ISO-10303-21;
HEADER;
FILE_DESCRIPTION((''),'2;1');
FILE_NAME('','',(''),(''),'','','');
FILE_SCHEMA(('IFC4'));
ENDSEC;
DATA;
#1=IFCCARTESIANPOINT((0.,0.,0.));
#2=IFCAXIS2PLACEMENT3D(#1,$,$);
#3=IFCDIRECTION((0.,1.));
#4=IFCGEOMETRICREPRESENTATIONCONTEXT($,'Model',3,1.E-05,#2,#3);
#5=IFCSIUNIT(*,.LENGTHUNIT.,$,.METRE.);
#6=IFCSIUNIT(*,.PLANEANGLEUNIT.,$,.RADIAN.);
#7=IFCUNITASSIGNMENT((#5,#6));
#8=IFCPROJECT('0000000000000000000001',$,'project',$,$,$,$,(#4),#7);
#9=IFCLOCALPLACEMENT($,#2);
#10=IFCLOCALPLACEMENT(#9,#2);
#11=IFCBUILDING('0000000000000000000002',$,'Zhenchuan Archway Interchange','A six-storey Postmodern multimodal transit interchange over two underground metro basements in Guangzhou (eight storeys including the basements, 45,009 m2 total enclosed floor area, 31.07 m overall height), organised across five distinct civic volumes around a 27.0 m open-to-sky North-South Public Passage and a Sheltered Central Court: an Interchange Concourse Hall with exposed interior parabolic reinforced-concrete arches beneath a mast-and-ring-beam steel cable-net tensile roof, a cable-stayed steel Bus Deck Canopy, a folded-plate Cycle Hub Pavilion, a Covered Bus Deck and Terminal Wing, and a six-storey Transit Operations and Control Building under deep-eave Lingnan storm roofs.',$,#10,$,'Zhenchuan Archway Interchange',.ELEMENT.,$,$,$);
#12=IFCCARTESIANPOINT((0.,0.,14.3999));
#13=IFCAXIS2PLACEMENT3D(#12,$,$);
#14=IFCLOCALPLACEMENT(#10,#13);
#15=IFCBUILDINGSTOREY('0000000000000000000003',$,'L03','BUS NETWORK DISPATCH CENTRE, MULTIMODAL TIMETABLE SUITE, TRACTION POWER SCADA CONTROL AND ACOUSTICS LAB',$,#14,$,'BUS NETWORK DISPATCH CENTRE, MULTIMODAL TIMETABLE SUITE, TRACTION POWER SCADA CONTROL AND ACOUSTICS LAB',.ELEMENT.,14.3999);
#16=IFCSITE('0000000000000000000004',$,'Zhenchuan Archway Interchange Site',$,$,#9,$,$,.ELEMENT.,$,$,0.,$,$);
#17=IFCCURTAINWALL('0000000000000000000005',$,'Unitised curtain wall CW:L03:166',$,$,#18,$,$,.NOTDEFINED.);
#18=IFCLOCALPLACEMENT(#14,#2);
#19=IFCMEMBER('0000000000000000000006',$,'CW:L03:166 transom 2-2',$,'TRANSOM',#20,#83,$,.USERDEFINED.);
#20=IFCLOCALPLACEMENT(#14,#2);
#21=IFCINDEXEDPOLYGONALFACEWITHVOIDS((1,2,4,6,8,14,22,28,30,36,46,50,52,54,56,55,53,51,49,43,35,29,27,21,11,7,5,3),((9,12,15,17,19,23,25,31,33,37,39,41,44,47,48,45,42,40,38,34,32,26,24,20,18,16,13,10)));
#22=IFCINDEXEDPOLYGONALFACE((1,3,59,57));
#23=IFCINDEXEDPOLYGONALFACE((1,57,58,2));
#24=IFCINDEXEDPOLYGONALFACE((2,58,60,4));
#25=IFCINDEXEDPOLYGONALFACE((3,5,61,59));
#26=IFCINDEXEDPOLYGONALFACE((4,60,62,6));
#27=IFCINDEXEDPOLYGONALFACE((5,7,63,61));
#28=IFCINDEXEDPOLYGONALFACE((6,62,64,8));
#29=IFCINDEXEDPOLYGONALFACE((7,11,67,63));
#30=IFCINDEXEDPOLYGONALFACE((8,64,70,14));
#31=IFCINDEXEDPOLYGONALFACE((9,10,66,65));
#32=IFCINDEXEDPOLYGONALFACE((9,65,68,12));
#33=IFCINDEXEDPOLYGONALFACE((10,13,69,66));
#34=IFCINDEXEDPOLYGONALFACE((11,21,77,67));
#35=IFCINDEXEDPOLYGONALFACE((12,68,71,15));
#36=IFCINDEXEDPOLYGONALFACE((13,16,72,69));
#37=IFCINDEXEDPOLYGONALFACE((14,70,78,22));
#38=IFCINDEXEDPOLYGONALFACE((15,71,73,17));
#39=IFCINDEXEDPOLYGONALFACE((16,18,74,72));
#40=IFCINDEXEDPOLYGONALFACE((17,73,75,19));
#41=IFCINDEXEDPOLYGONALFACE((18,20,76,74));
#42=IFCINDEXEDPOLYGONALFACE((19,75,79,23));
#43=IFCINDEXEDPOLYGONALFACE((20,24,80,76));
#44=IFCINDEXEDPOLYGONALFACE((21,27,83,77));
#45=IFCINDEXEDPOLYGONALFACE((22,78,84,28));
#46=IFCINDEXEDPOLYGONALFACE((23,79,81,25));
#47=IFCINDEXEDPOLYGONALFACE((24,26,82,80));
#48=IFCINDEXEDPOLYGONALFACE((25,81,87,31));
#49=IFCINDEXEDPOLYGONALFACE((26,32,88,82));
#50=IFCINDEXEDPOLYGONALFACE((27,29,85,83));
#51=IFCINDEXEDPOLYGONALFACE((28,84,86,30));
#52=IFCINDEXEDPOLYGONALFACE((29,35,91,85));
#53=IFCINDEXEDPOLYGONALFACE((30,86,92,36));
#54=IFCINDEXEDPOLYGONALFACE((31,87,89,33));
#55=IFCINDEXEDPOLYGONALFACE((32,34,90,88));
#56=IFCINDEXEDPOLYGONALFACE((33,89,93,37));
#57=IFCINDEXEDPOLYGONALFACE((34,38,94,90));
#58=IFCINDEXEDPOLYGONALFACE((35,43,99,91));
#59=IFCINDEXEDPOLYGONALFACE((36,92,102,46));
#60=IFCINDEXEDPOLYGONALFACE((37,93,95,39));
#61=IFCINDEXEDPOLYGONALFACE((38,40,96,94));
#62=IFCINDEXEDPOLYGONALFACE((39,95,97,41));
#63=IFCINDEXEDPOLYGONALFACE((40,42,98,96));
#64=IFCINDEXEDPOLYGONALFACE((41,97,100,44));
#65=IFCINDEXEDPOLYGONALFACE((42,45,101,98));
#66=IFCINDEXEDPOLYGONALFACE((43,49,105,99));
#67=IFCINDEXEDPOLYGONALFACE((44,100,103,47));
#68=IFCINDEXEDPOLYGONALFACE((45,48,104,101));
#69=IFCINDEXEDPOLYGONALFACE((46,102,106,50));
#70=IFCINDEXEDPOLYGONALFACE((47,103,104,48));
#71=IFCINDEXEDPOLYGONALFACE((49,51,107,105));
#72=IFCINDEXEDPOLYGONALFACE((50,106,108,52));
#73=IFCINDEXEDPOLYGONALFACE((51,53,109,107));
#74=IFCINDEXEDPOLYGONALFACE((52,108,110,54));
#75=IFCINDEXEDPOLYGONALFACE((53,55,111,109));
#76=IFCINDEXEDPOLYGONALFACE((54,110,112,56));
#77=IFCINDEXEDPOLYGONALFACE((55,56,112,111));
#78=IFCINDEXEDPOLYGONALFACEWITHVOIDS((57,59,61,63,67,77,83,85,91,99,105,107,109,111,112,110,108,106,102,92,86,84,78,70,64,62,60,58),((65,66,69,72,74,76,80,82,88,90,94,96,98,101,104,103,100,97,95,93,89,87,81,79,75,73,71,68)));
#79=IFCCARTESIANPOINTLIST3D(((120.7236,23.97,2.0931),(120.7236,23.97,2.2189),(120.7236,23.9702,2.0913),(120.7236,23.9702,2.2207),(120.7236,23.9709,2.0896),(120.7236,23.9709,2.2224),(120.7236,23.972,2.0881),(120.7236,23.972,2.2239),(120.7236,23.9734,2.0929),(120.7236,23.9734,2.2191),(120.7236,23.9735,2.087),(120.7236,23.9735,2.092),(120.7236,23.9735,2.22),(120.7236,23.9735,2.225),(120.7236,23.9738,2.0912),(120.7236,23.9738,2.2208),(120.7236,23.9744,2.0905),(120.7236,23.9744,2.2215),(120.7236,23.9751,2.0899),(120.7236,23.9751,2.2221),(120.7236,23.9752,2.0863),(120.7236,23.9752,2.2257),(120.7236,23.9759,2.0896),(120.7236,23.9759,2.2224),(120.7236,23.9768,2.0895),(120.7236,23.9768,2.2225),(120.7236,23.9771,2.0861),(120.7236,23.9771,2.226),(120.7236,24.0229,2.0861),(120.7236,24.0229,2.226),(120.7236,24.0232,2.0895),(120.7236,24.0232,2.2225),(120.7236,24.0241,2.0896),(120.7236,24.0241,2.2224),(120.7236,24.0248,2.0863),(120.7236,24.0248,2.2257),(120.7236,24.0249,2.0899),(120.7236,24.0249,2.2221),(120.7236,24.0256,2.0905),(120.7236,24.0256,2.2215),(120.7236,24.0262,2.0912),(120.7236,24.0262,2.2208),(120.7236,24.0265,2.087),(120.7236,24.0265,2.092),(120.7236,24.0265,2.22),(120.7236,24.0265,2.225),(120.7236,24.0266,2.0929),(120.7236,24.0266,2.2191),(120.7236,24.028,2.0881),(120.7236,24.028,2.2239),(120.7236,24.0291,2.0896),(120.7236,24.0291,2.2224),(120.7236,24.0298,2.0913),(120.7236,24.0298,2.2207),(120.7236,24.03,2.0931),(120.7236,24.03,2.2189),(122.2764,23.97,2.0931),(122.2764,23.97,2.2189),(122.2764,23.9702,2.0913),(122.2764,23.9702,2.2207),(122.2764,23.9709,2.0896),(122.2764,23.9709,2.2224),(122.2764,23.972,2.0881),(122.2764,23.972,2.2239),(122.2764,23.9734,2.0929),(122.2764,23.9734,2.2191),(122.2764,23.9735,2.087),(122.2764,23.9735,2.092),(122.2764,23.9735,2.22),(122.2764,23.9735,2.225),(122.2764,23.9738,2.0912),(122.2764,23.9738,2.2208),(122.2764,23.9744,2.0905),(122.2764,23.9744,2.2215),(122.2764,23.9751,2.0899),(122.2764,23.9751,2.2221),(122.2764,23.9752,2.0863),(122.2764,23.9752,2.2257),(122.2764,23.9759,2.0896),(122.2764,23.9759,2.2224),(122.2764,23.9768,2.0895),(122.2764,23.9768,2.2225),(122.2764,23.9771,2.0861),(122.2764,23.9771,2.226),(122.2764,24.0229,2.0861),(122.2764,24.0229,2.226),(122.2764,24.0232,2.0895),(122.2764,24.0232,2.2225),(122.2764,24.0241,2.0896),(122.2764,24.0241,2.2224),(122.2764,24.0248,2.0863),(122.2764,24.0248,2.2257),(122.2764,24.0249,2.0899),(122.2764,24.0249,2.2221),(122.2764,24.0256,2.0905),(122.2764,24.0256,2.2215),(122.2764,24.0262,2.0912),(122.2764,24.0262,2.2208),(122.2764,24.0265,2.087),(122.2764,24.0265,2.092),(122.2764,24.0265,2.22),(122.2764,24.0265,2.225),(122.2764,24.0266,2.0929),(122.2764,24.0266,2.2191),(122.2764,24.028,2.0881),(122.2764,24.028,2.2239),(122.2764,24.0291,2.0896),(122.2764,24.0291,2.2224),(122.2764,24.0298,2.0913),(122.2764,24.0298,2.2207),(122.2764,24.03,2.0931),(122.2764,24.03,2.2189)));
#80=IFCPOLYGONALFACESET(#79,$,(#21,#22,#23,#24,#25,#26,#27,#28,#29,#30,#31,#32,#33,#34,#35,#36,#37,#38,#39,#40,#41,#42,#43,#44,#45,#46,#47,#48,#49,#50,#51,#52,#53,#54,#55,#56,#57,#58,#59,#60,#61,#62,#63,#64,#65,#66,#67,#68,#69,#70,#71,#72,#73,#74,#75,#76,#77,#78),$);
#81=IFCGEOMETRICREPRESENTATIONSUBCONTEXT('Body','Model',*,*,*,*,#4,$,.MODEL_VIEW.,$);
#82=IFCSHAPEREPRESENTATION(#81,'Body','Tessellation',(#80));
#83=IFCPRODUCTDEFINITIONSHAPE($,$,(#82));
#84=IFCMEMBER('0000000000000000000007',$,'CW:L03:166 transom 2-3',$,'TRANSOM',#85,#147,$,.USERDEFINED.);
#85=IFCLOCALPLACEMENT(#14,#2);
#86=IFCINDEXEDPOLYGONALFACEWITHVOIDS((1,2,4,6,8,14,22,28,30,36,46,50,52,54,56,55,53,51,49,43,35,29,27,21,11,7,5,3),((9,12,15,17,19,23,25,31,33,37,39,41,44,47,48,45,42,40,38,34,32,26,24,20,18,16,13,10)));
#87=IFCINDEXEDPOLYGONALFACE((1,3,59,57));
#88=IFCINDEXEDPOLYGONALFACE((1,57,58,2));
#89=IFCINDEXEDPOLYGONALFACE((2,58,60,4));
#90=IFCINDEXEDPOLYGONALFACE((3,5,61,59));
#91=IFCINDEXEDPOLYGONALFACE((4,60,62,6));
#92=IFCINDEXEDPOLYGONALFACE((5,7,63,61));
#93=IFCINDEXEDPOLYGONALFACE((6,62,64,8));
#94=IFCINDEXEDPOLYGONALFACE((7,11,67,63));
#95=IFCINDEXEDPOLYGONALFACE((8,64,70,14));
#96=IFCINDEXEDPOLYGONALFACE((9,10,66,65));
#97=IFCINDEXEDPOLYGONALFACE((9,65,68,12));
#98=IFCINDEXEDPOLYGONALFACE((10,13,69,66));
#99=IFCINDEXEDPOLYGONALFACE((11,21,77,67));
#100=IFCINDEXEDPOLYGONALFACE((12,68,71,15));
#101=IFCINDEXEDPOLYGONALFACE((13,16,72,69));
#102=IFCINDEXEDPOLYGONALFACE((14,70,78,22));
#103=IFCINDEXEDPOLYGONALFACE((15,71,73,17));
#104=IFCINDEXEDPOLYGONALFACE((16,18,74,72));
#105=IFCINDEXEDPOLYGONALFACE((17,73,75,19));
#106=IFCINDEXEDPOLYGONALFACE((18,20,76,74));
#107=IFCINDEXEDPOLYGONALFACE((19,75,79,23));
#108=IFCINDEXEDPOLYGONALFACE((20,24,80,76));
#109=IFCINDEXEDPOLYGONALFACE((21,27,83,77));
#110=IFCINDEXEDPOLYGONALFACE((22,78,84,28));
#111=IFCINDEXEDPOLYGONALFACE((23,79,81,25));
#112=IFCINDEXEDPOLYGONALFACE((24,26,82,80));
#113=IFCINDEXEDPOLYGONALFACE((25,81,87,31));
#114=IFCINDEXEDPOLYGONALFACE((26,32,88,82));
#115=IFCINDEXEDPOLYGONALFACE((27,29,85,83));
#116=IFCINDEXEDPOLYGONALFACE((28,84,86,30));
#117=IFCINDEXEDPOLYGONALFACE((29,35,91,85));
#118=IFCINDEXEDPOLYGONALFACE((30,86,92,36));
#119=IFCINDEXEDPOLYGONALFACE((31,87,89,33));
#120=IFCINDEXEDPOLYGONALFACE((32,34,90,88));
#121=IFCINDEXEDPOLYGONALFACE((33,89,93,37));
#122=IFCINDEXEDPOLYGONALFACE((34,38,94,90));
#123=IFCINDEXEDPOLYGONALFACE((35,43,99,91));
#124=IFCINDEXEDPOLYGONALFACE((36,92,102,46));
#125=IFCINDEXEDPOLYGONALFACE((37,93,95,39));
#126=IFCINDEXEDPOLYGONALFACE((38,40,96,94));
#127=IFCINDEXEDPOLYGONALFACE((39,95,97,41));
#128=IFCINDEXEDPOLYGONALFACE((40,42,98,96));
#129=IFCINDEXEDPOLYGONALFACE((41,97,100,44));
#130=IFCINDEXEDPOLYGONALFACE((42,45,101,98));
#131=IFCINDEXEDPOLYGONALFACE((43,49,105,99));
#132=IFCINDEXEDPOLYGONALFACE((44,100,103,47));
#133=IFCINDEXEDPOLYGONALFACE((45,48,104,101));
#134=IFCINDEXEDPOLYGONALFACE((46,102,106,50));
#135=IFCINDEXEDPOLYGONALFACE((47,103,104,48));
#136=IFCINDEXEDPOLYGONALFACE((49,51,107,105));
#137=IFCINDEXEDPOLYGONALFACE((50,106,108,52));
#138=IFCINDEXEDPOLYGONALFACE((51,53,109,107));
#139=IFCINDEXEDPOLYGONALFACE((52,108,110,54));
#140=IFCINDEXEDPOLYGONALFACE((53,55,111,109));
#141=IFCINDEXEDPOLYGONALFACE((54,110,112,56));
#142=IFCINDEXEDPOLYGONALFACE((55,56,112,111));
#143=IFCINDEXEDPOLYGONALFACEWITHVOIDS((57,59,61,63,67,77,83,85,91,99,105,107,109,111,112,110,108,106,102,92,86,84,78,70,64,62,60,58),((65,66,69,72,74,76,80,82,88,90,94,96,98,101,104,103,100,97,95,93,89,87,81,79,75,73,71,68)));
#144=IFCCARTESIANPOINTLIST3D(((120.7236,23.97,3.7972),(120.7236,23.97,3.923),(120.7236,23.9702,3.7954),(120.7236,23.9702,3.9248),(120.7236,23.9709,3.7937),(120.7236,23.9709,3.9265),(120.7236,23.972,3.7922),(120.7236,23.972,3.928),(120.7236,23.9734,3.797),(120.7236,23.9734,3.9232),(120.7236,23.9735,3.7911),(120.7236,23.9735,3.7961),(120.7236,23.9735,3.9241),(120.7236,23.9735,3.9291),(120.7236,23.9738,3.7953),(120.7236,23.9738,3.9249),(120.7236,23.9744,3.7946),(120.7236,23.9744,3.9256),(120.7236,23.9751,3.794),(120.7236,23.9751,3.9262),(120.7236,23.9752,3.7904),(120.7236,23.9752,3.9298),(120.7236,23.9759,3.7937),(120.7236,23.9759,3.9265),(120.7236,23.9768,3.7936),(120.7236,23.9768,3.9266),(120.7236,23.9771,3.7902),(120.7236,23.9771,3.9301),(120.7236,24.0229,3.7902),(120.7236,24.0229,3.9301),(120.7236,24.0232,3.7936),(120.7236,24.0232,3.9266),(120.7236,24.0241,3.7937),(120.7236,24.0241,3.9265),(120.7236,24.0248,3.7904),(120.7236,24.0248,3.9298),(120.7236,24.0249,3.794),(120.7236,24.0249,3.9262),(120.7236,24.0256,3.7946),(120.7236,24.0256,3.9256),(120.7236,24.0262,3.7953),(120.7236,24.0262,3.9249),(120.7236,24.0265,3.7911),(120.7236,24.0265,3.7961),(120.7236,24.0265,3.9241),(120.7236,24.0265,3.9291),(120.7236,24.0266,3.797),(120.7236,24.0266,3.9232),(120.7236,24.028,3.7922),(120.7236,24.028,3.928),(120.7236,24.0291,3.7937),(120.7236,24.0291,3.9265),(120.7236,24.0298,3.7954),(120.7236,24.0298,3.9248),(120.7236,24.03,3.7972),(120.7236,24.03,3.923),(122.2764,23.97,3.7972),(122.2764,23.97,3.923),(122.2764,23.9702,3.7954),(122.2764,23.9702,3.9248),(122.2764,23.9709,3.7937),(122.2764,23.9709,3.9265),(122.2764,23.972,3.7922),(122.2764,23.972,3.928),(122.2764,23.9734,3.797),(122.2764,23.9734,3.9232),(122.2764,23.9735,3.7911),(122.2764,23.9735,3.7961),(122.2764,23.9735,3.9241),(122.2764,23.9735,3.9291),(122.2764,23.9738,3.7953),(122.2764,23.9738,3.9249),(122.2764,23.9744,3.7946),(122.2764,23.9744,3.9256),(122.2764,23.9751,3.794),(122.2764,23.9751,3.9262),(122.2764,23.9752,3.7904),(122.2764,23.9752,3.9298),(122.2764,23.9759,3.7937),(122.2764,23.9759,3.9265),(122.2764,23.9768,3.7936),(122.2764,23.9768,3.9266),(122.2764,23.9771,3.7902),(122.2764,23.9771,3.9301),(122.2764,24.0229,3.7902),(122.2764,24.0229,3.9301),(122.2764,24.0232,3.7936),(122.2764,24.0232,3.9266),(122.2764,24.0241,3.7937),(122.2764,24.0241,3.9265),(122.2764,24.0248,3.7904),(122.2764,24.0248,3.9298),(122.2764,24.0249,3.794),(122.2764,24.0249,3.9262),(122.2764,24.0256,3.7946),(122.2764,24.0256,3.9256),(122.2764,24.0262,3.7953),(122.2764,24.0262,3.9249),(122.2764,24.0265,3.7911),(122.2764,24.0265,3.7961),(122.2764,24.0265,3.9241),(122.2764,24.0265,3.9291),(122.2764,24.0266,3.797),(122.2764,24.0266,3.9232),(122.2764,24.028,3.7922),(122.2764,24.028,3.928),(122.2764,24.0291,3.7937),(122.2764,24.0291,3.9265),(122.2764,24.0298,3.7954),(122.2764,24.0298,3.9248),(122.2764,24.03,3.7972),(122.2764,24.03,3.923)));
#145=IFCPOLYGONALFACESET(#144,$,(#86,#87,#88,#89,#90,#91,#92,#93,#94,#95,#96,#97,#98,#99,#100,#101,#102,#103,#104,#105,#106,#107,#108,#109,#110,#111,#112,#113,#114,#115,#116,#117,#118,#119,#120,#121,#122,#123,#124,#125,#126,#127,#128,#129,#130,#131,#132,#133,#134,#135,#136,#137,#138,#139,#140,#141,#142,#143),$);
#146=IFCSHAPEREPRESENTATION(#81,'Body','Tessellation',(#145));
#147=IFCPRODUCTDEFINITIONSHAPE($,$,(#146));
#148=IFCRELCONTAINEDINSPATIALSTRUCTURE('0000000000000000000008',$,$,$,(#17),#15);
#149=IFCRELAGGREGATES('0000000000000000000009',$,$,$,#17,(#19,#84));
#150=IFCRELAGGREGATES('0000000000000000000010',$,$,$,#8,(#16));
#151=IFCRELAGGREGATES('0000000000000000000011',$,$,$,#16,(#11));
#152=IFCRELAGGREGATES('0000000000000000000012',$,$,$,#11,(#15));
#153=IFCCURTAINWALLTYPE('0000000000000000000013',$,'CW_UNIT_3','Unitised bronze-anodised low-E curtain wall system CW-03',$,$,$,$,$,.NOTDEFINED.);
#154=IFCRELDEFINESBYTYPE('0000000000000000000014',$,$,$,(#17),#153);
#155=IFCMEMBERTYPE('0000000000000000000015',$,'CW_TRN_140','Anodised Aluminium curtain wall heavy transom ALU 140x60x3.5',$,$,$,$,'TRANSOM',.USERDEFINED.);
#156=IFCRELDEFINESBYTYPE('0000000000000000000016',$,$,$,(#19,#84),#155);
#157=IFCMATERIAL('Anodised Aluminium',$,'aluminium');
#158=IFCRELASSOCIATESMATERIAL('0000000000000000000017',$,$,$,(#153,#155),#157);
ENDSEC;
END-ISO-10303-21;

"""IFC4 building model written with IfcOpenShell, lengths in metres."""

from ifc_helpers import new_model, si_unit, direction, frame, origin, origin_2d, place, context, subcontext, project, spatial, hollow_rectangle, extrude, material, material_profile, profile_set, type_object, element, aggregate, save


model = new_model("IFC4")

# Units and contexts
model_context = context("Model", 3, precision=1e-05, world=origin(), true_north=direction((0.0, 1.0)))
body_context = subcontext(model_context, "Body", "Model", "MODEL_VIEW")
ifc_project = project(units=[si_unit("LENGTHUNIT", "METRE"), si_unit("PLANEANGLEUNIT", "RADIAN")], contexts=[model_context])

# Site, building, storey
site_placement = place(None, origin())
site = spatial("IfcSite", under=ifc_project, at=site_placement, Name="Zhenchuan Archway Interchange Site", CompositionType="ELEMENT", RefElevation=0.0)
building_placement = place(site_placement, origin())
building = spatial("IfcBuilding", under=site, at=building_placement, Name="Zhenchuan Archway Interchange", Description="A six-storey Postmodern multimodal transit interchange over two underground metro basements in Guangzhou (eight storeys including the basements, 45,009 m2 total enclosed floor area, 31.07 m overall height), organised across five distinct civic volumes around a 27.0 m open-to-sky North-South Public Passage and a Sheltered Central Court: an Interchange Concourse Hall with exposed interior parabolic reinforced-concrete arches beneath a mast-and-ring-beam steel cable-net tensile roof, a cable-stayed steel Bus Deck Canopy, a folded-plate Cycle Hub Pavilion, a Covered Bus Deck and Terminal Wing, and a six-storey Transit Operations and Control Building under deep-eave Lingnan storm roofs.", LongName="Zhenchuan Archway Interchange", CompositionType="ELEMENT")
storey_placement = place(building_placement, frame((0.0, 0.0, 14.3999)))
storey = spatial("IfcBuildingStorey", under=building, at=storey_placement, Name="L03", Description="BUS NETWORK DISPATCH CENTRE, MULTIMODAL TIMETABLE SUITE, TRACTION POWER SCADA CONTROL AND ACOUSTICS LAB", LongName="BUS NETWORK DISPATCH CENTRE, MULTIMODAL TIMETABLE SUITE, TRACTION POWER SCADA CONTROL AND ACOUSTICS LAB", CompositionType="ELEMENT", Elevation=14.3999)

# Curtain wall
ifc_material_1 = material(Name="Anodised Aluminium", Category="aluminium")
curtain_wall_type_1 = type_object("IfcCurtainWallType", Name="CW_UNIT_3", Description="Unitised bronze-anodised low-E curtain wall system CW-03", PredefinedType="NOTDEFINED", material=ifc_material_1)
curtain_wall_1_placement = place(storey_placement, origin())
curtain_wall_1 = element("IfcCurtainWall", 1, at=curtain_wall_1_placement, inside=storey, type_object=curtain_wall_type_1, Name="Unitised curtain wall CW:L03:166", PredefinedType="NOTDEFINED")

# Members
ifc_material_profile_1 = material_profile(ifc_material_1, hollow_rectangle(XDim=0.0601, YDim=0.1399, WallThickness=0.0034, InnerFilletRadius=0.0034, OuterFilletRadius=0.0071, at=origin_2d()), Name="ALU 140x60x3.5")
ifc_profile_set_1 = profile_set([ifc_material_profile_1], Name="Anodised Aluminium")
member_type_1 = type_object("IfcMemberType", Name="CW_TRN_140", Description="Anodised Aluminium curtain wall heavy transom ALU 140x60x3.5", ElementType="TRANSOM", PredefinedType="USERDEFINED", material=ifc_profile_set_1)
member_1_placement = place(storey_placement, frame((120.7236, 24.0, 2.156), z_axis=(1.0, 0.0, 0.0), x_axis=(0.0, 1.0, 0.0)))
member_1 = element("IfcMember", 2, at=member_1_placement, type_object=member_type_1, Name="CW:L03:166 transom 2-2", ObjectType="TRANSOM", PredefinedType="USERDEFINED", context=body_context, shape_type="SweptSolid", body=[
    extrude(hollow_rectangle(XDim=0.0601, YDim=0.1399, WallThickness=0.0034, InnerFilletRadius=0.0034, OuterFilletRadius=0.0071, at=origin_2d()), origin(), (0.0, 0.0, 1.0), 1.5527),
])
member_2_placement = place(storey_placement, frame((120.7236, 24.0, 3.8601), z_axis=(1.0, 0.0, 0.0), x_axis=(0.0, 1.0, 0.0)))
member_2 = element("IfcMember", 3, at=member_2_placement, type_object=member_type_1, Name="CW:L03:166 transom 2-3", ObjectType="TRANSOM", PredefinedType="USERDEFINED", context=body_context, shape_type="SweptSolid", body=[
    extrude(hollow_rectangle(XDim=0.0601, YDim=0.1399, WallThickness=0.0034, InnerFilletRadius=0.0034, OuterFilletRadius=0.0071, at=origin_2d()), origin(), (0.0, 0.0, 1.0), 1.5527),
])

aggregate(curtain_wall_1, [member_1, member_2])

save(model, "model.ifc")
